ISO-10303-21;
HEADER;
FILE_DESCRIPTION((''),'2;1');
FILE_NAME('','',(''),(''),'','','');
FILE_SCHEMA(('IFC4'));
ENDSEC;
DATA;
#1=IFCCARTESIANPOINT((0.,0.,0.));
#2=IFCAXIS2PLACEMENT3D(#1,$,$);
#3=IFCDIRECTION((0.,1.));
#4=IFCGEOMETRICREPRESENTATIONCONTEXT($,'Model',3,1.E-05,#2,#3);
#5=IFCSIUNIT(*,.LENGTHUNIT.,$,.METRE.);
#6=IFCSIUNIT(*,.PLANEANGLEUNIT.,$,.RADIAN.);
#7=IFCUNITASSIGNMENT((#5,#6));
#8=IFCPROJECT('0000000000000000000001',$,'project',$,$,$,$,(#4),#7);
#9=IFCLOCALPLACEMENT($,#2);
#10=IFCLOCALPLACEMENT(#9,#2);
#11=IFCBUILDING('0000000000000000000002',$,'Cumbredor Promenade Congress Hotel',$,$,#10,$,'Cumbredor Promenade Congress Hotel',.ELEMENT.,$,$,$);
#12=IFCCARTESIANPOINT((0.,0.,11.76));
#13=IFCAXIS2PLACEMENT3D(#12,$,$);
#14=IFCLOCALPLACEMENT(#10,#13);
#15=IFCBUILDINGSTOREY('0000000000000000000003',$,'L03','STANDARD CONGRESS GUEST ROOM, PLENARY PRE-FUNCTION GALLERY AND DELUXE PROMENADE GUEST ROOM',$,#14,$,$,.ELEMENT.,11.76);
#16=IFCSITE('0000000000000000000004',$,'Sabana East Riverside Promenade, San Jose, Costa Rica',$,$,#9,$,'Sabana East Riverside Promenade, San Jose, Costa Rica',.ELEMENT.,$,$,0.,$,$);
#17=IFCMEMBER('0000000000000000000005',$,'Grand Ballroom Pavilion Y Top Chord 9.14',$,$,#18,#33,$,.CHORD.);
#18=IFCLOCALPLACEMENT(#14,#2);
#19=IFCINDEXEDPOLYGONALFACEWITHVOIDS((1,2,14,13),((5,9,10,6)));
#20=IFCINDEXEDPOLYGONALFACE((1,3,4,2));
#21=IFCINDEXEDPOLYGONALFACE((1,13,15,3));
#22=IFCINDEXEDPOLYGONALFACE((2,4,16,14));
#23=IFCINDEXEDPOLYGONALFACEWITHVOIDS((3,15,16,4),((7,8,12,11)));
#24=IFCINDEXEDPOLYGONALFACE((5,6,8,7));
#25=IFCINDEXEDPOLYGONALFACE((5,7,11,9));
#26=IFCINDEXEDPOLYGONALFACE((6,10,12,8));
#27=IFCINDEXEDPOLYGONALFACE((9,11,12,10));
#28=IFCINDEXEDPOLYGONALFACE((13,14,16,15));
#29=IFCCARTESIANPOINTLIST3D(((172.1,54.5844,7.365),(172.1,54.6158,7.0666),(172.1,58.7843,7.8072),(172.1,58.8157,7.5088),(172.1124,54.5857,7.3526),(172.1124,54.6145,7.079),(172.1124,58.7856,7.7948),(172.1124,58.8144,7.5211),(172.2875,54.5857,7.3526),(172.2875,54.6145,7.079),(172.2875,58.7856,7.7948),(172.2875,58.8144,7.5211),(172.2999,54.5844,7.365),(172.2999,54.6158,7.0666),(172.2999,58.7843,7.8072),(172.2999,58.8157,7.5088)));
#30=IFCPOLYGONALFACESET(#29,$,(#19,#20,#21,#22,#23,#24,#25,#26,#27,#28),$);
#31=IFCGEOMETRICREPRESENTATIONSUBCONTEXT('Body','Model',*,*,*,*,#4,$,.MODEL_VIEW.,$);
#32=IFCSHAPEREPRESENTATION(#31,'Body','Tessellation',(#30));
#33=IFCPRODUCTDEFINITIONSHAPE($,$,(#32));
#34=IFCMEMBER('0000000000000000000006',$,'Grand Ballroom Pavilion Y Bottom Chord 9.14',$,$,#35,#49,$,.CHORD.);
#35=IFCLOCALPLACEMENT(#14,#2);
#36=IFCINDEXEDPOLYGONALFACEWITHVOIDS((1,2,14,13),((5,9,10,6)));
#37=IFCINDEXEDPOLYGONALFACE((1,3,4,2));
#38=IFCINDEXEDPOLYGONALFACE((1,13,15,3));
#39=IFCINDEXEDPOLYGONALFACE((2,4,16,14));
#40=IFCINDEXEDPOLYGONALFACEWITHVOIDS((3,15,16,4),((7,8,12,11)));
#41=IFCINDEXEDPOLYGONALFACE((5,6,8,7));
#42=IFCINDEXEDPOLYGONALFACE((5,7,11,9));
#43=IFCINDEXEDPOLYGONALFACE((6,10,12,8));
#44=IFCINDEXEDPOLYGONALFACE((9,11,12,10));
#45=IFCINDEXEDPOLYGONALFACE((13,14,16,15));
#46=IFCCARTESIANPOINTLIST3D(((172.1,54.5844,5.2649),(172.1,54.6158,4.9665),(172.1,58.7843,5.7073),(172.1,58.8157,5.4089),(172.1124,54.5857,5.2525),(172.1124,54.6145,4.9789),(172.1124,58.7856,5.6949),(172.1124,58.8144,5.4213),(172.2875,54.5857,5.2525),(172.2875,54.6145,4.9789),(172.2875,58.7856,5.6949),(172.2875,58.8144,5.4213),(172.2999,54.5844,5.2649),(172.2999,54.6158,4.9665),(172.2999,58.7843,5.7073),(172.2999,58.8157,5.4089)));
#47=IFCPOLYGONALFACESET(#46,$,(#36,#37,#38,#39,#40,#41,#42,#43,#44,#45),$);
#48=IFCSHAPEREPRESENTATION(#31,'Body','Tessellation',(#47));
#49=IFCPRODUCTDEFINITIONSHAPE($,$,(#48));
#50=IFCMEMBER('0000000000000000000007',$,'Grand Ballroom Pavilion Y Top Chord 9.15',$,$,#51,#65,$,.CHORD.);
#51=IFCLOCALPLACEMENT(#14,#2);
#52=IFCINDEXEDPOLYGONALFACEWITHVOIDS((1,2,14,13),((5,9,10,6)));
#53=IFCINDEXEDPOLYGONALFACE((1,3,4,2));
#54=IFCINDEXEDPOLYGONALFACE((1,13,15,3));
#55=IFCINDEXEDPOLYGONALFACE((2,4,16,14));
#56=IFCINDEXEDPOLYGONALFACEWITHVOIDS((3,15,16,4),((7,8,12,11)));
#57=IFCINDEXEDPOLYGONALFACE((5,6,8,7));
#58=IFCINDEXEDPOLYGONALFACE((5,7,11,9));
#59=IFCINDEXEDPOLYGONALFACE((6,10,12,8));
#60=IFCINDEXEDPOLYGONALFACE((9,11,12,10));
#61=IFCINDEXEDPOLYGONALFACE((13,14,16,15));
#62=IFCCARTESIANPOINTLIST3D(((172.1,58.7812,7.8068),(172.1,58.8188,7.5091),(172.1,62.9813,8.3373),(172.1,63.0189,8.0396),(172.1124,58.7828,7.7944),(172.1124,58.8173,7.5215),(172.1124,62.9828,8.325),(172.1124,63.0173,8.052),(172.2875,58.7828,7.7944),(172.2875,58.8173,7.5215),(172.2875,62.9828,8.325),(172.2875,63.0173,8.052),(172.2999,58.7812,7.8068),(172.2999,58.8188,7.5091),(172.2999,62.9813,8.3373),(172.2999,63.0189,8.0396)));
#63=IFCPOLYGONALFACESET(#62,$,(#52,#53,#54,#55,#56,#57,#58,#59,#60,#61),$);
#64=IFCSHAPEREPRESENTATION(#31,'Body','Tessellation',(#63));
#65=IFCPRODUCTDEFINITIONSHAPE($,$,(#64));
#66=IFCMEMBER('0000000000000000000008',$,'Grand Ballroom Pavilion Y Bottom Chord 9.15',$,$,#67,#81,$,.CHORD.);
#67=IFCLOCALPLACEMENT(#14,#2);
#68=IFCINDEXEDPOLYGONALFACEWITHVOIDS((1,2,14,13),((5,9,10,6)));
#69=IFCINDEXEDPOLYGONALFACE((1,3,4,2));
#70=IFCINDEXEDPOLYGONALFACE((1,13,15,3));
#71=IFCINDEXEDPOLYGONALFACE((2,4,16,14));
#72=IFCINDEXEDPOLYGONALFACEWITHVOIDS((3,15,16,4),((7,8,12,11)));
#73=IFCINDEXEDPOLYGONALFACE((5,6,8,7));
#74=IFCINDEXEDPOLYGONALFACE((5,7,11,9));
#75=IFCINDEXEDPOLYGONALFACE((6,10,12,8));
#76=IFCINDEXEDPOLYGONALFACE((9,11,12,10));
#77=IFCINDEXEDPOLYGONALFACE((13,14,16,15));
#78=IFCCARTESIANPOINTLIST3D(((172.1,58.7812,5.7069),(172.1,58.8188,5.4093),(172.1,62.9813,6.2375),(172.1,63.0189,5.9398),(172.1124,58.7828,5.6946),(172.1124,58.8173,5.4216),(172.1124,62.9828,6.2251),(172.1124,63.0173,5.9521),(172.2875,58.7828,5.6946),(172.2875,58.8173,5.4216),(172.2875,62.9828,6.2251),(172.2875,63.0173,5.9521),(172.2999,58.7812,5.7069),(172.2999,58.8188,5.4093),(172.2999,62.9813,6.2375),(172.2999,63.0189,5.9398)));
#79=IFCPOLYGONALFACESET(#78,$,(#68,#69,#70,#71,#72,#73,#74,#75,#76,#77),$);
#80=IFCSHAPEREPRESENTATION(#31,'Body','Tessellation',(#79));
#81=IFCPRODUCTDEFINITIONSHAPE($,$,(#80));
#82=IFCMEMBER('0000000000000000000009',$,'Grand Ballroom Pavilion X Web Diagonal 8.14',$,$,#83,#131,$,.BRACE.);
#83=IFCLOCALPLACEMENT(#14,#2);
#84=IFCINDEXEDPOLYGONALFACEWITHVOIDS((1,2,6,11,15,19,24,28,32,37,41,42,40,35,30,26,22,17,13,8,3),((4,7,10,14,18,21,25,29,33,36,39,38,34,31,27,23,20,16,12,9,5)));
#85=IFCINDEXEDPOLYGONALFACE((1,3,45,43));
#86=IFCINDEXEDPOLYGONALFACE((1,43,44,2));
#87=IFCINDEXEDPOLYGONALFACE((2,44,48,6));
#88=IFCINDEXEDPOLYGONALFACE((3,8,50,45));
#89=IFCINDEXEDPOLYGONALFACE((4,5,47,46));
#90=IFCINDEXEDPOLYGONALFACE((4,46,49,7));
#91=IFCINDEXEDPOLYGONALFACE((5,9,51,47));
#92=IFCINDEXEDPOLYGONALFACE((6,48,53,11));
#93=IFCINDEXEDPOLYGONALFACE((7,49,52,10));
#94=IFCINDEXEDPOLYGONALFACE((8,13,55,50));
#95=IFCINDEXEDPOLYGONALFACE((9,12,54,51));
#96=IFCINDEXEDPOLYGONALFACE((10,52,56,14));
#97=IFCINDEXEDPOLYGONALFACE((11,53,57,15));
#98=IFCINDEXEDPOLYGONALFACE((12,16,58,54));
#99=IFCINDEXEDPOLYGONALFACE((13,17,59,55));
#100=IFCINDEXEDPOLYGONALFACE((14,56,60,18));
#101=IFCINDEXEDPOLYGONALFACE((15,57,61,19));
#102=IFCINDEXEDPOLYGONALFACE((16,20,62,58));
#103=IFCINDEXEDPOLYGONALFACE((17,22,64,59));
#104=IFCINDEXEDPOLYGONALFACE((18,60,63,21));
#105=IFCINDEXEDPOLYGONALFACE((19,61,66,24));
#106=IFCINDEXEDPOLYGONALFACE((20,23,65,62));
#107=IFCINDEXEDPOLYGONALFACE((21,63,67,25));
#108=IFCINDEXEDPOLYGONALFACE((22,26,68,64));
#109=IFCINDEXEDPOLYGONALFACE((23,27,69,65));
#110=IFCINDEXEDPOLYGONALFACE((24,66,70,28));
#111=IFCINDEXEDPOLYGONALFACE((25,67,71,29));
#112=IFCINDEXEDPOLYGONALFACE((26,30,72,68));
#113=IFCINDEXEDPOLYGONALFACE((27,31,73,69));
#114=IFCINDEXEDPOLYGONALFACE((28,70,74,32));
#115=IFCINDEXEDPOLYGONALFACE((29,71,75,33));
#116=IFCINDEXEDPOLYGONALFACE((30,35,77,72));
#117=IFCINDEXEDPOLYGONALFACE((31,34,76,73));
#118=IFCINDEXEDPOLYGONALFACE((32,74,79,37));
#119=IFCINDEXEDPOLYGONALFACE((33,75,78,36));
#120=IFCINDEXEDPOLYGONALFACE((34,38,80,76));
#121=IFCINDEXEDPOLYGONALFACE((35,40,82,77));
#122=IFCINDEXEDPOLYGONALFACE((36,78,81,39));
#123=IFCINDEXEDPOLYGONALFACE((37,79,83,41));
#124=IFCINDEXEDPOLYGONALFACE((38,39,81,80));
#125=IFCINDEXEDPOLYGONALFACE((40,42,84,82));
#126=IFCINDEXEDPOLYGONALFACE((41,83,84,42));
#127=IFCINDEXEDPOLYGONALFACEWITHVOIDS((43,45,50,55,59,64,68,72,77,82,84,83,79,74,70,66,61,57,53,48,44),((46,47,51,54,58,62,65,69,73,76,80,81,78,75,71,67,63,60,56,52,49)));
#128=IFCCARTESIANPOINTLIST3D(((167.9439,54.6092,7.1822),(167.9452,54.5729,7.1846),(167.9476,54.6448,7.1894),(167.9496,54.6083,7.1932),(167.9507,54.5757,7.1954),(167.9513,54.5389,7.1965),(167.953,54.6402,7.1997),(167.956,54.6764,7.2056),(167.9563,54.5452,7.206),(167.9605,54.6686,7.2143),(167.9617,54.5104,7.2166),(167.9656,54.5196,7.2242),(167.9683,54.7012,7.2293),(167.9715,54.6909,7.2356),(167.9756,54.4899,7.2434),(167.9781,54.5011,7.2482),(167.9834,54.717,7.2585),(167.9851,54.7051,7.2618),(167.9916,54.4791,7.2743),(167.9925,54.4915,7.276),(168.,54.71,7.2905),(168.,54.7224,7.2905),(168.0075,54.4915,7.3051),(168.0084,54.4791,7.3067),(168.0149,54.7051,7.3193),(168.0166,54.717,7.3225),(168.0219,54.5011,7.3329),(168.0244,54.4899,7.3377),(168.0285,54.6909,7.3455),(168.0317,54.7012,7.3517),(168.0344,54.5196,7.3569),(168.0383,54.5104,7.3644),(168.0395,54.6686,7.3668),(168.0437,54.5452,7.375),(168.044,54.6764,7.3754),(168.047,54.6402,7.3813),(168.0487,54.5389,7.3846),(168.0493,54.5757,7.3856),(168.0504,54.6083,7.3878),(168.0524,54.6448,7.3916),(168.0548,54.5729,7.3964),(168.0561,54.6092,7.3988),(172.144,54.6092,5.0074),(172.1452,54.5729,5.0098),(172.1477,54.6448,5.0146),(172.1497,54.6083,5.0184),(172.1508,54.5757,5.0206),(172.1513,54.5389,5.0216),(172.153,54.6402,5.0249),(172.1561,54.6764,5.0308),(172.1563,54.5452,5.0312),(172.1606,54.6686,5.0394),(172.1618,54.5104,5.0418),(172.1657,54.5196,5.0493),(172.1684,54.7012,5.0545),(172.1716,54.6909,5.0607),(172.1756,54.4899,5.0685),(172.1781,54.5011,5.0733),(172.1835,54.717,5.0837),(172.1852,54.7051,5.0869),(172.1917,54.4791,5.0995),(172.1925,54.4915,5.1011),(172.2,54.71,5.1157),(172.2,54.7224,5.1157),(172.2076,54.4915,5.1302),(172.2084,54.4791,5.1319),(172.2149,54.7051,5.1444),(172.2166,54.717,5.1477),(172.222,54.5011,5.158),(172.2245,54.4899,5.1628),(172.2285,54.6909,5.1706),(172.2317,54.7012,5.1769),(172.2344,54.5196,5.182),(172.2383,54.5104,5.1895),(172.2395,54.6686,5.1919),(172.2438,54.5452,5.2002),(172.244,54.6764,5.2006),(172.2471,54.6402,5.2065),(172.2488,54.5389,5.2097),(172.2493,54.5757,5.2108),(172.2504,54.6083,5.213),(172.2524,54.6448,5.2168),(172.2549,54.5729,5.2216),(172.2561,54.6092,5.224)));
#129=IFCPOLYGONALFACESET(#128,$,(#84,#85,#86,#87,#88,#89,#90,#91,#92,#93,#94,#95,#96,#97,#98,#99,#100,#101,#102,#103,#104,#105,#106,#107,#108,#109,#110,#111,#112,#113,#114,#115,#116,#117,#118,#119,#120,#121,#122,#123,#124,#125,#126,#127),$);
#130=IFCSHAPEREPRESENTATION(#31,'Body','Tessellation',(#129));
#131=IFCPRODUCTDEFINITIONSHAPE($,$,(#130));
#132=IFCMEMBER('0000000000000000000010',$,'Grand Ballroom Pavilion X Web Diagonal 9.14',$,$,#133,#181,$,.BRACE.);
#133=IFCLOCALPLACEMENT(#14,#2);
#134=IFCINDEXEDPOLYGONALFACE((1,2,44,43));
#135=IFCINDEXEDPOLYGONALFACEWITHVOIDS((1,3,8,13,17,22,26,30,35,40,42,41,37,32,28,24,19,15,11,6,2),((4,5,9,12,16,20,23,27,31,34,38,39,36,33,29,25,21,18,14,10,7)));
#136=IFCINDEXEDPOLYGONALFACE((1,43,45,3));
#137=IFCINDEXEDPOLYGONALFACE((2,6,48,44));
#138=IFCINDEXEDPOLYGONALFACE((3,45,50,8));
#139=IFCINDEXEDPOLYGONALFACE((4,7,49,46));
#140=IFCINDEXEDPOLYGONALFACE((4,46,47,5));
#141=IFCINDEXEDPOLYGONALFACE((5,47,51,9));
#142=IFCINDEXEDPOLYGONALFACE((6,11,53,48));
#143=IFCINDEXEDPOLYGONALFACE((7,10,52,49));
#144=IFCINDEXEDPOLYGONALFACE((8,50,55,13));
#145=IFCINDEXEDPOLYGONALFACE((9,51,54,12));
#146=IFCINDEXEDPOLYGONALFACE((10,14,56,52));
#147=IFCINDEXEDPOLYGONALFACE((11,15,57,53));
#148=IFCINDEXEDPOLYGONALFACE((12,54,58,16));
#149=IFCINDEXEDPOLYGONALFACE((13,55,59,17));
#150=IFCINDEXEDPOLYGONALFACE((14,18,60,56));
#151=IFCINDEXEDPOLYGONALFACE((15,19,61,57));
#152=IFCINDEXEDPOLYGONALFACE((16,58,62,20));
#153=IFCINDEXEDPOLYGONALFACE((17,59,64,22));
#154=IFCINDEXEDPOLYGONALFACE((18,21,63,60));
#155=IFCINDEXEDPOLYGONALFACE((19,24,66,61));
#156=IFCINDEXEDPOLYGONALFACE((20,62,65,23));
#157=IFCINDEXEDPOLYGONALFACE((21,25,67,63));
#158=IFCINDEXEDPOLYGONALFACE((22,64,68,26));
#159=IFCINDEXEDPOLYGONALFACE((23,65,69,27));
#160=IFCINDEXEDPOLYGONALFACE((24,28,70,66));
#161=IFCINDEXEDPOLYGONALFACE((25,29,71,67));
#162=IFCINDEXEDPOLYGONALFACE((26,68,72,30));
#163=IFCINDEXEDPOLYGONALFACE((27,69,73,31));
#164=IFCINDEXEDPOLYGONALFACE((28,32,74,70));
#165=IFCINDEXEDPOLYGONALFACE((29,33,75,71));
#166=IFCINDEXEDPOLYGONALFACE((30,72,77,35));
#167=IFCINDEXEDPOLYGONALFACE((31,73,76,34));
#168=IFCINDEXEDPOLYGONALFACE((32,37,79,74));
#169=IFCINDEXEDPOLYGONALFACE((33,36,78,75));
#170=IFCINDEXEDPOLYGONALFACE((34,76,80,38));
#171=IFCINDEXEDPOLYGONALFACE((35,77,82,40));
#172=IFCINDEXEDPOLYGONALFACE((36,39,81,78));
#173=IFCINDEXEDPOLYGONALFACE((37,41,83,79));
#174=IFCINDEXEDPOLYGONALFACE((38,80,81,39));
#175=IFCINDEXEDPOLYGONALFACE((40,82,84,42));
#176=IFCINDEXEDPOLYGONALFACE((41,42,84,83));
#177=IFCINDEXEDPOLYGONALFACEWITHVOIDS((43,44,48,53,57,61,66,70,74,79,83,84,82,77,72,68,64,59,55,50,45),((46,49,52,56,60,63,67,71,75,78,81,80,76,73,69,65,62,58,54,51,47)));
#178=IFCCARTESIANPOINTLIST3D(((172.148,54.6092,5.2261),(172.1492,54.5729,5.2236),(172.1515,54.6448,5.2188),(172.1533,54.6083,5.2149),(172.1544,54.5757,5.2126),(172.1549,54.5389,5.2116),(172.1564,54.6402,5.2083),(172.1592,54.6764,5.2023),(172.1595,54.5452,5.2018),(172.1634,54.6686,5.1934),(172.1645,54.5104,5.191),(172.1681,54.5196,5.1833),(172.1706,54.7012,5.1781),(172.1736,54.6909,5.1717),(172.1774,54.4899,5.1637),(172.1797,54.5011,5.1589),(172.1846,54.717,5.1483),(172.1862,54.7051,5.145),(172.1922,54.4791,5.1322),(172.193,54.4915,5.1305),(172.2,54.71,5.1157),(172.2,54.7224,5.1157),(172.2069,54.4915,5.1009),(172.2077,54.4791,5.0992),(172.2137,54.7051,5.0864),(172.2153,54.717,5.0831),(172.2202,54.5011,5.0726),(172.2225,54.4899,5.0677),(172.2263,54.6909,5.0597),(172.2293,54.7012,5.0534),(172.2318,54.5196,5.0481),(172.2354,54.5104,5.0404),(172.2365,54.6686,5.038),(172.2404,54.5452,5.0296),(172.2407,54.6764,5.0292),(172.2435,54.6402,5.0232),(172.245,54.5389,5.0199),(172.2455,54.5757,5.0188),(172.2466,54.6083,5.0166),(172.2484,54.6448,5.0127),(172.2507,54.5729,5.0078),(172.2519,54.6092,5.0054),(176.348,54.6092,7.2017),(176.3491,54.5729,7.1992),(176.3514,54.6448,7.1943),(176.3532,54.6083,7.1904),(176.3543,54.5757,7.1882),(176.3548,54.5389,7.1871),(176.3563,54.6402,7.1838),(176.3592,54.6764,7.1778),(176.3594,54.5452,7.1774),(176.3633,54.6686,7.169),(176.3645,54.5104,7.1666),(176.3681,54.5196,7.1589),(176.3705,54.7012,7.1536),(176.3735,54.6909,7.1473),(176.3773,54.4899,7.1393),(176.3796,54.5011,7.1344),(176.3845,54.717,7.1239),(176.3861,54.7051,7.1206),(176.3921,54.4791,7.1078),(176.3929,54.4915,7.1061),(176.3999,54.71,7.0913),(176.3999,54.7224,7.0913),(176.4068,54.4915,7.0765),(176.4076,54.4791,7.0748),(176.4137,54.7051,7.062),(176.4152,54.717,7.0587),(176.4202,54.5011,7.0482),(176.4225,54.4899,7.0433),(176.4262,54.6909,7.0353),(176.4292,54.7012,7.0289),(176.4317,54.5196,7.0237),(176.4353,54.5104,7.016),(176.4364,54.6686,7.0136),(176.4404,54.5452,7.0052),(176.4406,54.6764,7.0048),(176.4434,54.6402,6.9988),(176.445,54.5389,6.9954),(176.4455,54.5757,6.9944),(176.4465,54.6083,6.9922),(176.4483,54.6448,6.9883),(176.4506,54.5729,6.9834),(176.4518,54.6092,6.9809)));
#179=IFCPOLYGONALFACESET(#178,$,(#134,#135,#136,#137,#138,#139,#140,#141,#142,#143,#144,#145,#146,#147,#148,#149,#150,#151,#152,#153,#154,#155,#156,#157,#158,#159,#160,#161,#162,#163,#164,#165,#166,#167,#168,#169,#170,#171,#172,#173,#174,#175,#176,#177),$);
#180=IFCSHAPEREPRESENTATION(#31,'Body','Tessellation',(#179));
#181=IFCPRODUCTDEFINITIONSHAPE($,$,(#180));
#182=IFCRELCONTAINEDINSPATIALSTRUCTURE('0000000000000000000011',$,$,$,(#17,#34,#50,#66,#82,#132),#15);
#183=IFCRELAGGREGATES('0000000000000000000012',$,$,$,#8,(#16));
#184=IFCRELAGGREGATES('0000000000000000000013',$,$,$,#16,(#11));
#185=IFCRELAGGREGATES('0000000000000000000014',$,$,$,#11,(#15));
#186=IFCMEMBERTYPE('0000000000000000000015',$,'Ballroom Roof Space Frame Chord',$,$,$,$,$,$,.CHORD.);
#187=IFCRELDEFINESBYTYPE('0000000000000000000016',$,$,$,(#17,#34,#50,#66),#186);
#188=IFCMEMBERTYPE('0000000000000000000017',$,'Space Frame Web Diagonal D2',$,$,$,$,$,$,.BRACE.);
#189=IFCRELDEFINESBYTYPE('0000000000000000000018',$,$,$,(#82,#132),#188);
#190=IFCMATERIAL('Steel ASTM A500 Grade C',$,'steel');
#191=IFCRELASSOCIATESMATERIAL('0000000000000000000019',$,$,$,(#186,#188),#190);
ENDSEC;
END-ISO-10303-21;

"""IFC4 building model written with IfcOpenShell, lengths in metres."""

from ifc_helpers import new_model, si_unit, direction, frame, origin, origin_2d, place, context, subcontext, project, spatial, hollow_rectangle, hollow_circle, extrude, material, material_profile, profile_set, type_object, element, save


model = new_model("IFC4")

# Units and contexts
model_context = context("Model", 3, precision=1e-05, world=origin(), true_north=direction((0.0, 1.0)))
body_context = subcontext(model_context, "Body", "Model", "MODEL_VIEW")
ifc_project = project(units=[si_unit("LENGTHUNIT", "METRE"), si_unit("PLANEANGLEUNIT", "RADIAN")], contexts=[model_context])

# Site, building, storey
site_placement = place(None, origin())
site = spatial("IfcSite", under=ifc_project, at=site_placement, Name="Sabana East Riverside Promenade, San Jose, Costa Rica", LongName="Sabana East Riverside Promenade, San Jose, Costa Rica", CompositionType="ELEMENT", RefElevation=0.0)
building_placement = place(site_placement, origin())
building = spatial("IfcBuilding", under=site, at=building_placement, Name="Cumbredor Promenade Congress Hotel", LongName="Cumbredor Promenade Congress Hotel", CompositionType="ELEMENT")
storey_placement = place(building_placement, frame((0.0, 0.0, 11.76)))
storey = spatial("IfcBuildingStorey", under=building, at=storey_placement, Name="L03", Description="STANDARD CONGRESS GUEST ROOM, PLENARY PRE-FUNCTION GALLERY AND DELUXE PROMENADE GUEST ROOM", CompositionType="ELEMENT", Elevation=11.76)

# Members
ifc_material_1 = material(Name="Steel ASTM A500 Grade C", Category="steel")
ifc_material_profile_1 = material_profile(ifc_material_1, hollow_rectangle(XDim=0.2, YDim=0.3, WallThickness=0.0125, at=origin_2d()), Name="HSS 300x200x12.5")
ifc_profile_set_1 = profile_set([ifc_material_profile_1], Name="Steel ASTM A500 Grade C")
member_type_1 = type_object("IfcMemberType", Name="Ballroom Roof Space Frame Chord", PredefinedType="CHORD", material=ifc_profile_set_1)
for number, where, z_axis, x_axis, name in (
    (1, (172.2, 54.6001, 7.2158), (0.0, 0.994505, 0.104694), (-1.0, 0.0, 0.0), "Grand Ballroom Pavilion Y Top Chord 9.14"),
    (2, (172.2, 54.6001, 5.1157), (0.0, 0.994498, 0.104751), (-1.0, 0.0, 0.0), "Grand Ballroom Pavilion Y Bottom Chord 9.14"),
):
    element("IfcMember", number, at=place(storey_placement, frame(where, z_axis=z_axis, x_axis=x_axis)), inside=storey, type_object=member_type_1, Name=name, PredefinedType="CHORD", context=body_context, shape_type="SweptSolid", body=[
        extrude(hollow_rectangle(XDim=0.2, YDim=0.3, WallThickness=0.0125, at=origin_2d()), origin(), (0.0, 0.0, 1.0), 4.2231),
    ])
for number, where, z_axis, x_axis, name in (
    (3, (172.2, 58.8, 7.658), (0.0, 0.992116, 0.125319), (-1.0, 0.0, 0.0), "Grand Ballroom Pavilion Y Top Chord 9.15"),
    (4, (172.2, 58.8, 5.5581), (0.0, 0.992116, 0.125319), (-1.0, 0.0, 0.0), "Grand Ballroom Pavilion Y Bottom Chord 9.15"),
):
    element("IfcMember", number, at=place(storey_placement, frame(where, z_axis=z_axis, x_axis=x_axis)), inside=storey, type_object=member_type_1, Name=name, PredefinedType="CHORD", context=body_context, shape_type="SweptSolid", body=[
        extrude(hollow_rectangle(XDim=0.2, YDim=0.3, WallThickness=0.0125, at=origin_2d()), origin(), (0.0, 0.0, 1.0), 4.2334),
    ])
ifc_material_profile_2 = material_profile(ifc_material_1, hollow_circle(Radius=0.1223, WallThickness=0.0125, at=origin_2d()), Name="CHS 244.5x12.5")
ifc_profile_set_2 = profile_set([ifc_material_profile_2], Name="Steel ASTM A500 Grade C")
member_type_2 = type_object("IfcMemberType", Name="Space Frame Web Diagonal D2", PredefinedType="BRACE", material=ifc_profile_set_2)
member_1_placement = place(storey_placement, frame((168.0, 54.6001, 7.2905), z_axis=(0.888009, 0.0, -0.459826), x_axis=(0.0, 1.0, 0.0)))
element("IfcMember", 5, at=member_1_placement, inside=storey, type_object=member_type_2, Name="Grand Ballroom Pavilion X Web Diagonal 8.14", PredefinedType="BRACE", context=body_context, shape_type="SweptSolid", body=[
    extrude(hollow_circle(Radius=0.1223, WallThickness=0.0125, at=origin_2d()), origin(), (0.0, 0.0, 1.0), 4.7297),
])
member_2_placement = place(storey_placement, frame((172.2, 54.6001, 5.1157), z_axis=(0.90489, 0.0, 0.425645), x_axis=(0.0, 1.0, 0.0)))
element("IfcMember", 6, at=member_2_placement, inside=storey, type_object=member_type_2, Name="Grand Ballroom Pavilion X Web Diagonal 9.14", PredefinedType="BRACE", context=body_context, shape_type="SweptSolid", body=[
    extrude(hollow_circle(Radius=0.1223, WallThickness=0.0125, at=origin_2d()), origin(), (0.0, 0.0, 1.0), 4.6414),
])

save(model, "model.ifc")
